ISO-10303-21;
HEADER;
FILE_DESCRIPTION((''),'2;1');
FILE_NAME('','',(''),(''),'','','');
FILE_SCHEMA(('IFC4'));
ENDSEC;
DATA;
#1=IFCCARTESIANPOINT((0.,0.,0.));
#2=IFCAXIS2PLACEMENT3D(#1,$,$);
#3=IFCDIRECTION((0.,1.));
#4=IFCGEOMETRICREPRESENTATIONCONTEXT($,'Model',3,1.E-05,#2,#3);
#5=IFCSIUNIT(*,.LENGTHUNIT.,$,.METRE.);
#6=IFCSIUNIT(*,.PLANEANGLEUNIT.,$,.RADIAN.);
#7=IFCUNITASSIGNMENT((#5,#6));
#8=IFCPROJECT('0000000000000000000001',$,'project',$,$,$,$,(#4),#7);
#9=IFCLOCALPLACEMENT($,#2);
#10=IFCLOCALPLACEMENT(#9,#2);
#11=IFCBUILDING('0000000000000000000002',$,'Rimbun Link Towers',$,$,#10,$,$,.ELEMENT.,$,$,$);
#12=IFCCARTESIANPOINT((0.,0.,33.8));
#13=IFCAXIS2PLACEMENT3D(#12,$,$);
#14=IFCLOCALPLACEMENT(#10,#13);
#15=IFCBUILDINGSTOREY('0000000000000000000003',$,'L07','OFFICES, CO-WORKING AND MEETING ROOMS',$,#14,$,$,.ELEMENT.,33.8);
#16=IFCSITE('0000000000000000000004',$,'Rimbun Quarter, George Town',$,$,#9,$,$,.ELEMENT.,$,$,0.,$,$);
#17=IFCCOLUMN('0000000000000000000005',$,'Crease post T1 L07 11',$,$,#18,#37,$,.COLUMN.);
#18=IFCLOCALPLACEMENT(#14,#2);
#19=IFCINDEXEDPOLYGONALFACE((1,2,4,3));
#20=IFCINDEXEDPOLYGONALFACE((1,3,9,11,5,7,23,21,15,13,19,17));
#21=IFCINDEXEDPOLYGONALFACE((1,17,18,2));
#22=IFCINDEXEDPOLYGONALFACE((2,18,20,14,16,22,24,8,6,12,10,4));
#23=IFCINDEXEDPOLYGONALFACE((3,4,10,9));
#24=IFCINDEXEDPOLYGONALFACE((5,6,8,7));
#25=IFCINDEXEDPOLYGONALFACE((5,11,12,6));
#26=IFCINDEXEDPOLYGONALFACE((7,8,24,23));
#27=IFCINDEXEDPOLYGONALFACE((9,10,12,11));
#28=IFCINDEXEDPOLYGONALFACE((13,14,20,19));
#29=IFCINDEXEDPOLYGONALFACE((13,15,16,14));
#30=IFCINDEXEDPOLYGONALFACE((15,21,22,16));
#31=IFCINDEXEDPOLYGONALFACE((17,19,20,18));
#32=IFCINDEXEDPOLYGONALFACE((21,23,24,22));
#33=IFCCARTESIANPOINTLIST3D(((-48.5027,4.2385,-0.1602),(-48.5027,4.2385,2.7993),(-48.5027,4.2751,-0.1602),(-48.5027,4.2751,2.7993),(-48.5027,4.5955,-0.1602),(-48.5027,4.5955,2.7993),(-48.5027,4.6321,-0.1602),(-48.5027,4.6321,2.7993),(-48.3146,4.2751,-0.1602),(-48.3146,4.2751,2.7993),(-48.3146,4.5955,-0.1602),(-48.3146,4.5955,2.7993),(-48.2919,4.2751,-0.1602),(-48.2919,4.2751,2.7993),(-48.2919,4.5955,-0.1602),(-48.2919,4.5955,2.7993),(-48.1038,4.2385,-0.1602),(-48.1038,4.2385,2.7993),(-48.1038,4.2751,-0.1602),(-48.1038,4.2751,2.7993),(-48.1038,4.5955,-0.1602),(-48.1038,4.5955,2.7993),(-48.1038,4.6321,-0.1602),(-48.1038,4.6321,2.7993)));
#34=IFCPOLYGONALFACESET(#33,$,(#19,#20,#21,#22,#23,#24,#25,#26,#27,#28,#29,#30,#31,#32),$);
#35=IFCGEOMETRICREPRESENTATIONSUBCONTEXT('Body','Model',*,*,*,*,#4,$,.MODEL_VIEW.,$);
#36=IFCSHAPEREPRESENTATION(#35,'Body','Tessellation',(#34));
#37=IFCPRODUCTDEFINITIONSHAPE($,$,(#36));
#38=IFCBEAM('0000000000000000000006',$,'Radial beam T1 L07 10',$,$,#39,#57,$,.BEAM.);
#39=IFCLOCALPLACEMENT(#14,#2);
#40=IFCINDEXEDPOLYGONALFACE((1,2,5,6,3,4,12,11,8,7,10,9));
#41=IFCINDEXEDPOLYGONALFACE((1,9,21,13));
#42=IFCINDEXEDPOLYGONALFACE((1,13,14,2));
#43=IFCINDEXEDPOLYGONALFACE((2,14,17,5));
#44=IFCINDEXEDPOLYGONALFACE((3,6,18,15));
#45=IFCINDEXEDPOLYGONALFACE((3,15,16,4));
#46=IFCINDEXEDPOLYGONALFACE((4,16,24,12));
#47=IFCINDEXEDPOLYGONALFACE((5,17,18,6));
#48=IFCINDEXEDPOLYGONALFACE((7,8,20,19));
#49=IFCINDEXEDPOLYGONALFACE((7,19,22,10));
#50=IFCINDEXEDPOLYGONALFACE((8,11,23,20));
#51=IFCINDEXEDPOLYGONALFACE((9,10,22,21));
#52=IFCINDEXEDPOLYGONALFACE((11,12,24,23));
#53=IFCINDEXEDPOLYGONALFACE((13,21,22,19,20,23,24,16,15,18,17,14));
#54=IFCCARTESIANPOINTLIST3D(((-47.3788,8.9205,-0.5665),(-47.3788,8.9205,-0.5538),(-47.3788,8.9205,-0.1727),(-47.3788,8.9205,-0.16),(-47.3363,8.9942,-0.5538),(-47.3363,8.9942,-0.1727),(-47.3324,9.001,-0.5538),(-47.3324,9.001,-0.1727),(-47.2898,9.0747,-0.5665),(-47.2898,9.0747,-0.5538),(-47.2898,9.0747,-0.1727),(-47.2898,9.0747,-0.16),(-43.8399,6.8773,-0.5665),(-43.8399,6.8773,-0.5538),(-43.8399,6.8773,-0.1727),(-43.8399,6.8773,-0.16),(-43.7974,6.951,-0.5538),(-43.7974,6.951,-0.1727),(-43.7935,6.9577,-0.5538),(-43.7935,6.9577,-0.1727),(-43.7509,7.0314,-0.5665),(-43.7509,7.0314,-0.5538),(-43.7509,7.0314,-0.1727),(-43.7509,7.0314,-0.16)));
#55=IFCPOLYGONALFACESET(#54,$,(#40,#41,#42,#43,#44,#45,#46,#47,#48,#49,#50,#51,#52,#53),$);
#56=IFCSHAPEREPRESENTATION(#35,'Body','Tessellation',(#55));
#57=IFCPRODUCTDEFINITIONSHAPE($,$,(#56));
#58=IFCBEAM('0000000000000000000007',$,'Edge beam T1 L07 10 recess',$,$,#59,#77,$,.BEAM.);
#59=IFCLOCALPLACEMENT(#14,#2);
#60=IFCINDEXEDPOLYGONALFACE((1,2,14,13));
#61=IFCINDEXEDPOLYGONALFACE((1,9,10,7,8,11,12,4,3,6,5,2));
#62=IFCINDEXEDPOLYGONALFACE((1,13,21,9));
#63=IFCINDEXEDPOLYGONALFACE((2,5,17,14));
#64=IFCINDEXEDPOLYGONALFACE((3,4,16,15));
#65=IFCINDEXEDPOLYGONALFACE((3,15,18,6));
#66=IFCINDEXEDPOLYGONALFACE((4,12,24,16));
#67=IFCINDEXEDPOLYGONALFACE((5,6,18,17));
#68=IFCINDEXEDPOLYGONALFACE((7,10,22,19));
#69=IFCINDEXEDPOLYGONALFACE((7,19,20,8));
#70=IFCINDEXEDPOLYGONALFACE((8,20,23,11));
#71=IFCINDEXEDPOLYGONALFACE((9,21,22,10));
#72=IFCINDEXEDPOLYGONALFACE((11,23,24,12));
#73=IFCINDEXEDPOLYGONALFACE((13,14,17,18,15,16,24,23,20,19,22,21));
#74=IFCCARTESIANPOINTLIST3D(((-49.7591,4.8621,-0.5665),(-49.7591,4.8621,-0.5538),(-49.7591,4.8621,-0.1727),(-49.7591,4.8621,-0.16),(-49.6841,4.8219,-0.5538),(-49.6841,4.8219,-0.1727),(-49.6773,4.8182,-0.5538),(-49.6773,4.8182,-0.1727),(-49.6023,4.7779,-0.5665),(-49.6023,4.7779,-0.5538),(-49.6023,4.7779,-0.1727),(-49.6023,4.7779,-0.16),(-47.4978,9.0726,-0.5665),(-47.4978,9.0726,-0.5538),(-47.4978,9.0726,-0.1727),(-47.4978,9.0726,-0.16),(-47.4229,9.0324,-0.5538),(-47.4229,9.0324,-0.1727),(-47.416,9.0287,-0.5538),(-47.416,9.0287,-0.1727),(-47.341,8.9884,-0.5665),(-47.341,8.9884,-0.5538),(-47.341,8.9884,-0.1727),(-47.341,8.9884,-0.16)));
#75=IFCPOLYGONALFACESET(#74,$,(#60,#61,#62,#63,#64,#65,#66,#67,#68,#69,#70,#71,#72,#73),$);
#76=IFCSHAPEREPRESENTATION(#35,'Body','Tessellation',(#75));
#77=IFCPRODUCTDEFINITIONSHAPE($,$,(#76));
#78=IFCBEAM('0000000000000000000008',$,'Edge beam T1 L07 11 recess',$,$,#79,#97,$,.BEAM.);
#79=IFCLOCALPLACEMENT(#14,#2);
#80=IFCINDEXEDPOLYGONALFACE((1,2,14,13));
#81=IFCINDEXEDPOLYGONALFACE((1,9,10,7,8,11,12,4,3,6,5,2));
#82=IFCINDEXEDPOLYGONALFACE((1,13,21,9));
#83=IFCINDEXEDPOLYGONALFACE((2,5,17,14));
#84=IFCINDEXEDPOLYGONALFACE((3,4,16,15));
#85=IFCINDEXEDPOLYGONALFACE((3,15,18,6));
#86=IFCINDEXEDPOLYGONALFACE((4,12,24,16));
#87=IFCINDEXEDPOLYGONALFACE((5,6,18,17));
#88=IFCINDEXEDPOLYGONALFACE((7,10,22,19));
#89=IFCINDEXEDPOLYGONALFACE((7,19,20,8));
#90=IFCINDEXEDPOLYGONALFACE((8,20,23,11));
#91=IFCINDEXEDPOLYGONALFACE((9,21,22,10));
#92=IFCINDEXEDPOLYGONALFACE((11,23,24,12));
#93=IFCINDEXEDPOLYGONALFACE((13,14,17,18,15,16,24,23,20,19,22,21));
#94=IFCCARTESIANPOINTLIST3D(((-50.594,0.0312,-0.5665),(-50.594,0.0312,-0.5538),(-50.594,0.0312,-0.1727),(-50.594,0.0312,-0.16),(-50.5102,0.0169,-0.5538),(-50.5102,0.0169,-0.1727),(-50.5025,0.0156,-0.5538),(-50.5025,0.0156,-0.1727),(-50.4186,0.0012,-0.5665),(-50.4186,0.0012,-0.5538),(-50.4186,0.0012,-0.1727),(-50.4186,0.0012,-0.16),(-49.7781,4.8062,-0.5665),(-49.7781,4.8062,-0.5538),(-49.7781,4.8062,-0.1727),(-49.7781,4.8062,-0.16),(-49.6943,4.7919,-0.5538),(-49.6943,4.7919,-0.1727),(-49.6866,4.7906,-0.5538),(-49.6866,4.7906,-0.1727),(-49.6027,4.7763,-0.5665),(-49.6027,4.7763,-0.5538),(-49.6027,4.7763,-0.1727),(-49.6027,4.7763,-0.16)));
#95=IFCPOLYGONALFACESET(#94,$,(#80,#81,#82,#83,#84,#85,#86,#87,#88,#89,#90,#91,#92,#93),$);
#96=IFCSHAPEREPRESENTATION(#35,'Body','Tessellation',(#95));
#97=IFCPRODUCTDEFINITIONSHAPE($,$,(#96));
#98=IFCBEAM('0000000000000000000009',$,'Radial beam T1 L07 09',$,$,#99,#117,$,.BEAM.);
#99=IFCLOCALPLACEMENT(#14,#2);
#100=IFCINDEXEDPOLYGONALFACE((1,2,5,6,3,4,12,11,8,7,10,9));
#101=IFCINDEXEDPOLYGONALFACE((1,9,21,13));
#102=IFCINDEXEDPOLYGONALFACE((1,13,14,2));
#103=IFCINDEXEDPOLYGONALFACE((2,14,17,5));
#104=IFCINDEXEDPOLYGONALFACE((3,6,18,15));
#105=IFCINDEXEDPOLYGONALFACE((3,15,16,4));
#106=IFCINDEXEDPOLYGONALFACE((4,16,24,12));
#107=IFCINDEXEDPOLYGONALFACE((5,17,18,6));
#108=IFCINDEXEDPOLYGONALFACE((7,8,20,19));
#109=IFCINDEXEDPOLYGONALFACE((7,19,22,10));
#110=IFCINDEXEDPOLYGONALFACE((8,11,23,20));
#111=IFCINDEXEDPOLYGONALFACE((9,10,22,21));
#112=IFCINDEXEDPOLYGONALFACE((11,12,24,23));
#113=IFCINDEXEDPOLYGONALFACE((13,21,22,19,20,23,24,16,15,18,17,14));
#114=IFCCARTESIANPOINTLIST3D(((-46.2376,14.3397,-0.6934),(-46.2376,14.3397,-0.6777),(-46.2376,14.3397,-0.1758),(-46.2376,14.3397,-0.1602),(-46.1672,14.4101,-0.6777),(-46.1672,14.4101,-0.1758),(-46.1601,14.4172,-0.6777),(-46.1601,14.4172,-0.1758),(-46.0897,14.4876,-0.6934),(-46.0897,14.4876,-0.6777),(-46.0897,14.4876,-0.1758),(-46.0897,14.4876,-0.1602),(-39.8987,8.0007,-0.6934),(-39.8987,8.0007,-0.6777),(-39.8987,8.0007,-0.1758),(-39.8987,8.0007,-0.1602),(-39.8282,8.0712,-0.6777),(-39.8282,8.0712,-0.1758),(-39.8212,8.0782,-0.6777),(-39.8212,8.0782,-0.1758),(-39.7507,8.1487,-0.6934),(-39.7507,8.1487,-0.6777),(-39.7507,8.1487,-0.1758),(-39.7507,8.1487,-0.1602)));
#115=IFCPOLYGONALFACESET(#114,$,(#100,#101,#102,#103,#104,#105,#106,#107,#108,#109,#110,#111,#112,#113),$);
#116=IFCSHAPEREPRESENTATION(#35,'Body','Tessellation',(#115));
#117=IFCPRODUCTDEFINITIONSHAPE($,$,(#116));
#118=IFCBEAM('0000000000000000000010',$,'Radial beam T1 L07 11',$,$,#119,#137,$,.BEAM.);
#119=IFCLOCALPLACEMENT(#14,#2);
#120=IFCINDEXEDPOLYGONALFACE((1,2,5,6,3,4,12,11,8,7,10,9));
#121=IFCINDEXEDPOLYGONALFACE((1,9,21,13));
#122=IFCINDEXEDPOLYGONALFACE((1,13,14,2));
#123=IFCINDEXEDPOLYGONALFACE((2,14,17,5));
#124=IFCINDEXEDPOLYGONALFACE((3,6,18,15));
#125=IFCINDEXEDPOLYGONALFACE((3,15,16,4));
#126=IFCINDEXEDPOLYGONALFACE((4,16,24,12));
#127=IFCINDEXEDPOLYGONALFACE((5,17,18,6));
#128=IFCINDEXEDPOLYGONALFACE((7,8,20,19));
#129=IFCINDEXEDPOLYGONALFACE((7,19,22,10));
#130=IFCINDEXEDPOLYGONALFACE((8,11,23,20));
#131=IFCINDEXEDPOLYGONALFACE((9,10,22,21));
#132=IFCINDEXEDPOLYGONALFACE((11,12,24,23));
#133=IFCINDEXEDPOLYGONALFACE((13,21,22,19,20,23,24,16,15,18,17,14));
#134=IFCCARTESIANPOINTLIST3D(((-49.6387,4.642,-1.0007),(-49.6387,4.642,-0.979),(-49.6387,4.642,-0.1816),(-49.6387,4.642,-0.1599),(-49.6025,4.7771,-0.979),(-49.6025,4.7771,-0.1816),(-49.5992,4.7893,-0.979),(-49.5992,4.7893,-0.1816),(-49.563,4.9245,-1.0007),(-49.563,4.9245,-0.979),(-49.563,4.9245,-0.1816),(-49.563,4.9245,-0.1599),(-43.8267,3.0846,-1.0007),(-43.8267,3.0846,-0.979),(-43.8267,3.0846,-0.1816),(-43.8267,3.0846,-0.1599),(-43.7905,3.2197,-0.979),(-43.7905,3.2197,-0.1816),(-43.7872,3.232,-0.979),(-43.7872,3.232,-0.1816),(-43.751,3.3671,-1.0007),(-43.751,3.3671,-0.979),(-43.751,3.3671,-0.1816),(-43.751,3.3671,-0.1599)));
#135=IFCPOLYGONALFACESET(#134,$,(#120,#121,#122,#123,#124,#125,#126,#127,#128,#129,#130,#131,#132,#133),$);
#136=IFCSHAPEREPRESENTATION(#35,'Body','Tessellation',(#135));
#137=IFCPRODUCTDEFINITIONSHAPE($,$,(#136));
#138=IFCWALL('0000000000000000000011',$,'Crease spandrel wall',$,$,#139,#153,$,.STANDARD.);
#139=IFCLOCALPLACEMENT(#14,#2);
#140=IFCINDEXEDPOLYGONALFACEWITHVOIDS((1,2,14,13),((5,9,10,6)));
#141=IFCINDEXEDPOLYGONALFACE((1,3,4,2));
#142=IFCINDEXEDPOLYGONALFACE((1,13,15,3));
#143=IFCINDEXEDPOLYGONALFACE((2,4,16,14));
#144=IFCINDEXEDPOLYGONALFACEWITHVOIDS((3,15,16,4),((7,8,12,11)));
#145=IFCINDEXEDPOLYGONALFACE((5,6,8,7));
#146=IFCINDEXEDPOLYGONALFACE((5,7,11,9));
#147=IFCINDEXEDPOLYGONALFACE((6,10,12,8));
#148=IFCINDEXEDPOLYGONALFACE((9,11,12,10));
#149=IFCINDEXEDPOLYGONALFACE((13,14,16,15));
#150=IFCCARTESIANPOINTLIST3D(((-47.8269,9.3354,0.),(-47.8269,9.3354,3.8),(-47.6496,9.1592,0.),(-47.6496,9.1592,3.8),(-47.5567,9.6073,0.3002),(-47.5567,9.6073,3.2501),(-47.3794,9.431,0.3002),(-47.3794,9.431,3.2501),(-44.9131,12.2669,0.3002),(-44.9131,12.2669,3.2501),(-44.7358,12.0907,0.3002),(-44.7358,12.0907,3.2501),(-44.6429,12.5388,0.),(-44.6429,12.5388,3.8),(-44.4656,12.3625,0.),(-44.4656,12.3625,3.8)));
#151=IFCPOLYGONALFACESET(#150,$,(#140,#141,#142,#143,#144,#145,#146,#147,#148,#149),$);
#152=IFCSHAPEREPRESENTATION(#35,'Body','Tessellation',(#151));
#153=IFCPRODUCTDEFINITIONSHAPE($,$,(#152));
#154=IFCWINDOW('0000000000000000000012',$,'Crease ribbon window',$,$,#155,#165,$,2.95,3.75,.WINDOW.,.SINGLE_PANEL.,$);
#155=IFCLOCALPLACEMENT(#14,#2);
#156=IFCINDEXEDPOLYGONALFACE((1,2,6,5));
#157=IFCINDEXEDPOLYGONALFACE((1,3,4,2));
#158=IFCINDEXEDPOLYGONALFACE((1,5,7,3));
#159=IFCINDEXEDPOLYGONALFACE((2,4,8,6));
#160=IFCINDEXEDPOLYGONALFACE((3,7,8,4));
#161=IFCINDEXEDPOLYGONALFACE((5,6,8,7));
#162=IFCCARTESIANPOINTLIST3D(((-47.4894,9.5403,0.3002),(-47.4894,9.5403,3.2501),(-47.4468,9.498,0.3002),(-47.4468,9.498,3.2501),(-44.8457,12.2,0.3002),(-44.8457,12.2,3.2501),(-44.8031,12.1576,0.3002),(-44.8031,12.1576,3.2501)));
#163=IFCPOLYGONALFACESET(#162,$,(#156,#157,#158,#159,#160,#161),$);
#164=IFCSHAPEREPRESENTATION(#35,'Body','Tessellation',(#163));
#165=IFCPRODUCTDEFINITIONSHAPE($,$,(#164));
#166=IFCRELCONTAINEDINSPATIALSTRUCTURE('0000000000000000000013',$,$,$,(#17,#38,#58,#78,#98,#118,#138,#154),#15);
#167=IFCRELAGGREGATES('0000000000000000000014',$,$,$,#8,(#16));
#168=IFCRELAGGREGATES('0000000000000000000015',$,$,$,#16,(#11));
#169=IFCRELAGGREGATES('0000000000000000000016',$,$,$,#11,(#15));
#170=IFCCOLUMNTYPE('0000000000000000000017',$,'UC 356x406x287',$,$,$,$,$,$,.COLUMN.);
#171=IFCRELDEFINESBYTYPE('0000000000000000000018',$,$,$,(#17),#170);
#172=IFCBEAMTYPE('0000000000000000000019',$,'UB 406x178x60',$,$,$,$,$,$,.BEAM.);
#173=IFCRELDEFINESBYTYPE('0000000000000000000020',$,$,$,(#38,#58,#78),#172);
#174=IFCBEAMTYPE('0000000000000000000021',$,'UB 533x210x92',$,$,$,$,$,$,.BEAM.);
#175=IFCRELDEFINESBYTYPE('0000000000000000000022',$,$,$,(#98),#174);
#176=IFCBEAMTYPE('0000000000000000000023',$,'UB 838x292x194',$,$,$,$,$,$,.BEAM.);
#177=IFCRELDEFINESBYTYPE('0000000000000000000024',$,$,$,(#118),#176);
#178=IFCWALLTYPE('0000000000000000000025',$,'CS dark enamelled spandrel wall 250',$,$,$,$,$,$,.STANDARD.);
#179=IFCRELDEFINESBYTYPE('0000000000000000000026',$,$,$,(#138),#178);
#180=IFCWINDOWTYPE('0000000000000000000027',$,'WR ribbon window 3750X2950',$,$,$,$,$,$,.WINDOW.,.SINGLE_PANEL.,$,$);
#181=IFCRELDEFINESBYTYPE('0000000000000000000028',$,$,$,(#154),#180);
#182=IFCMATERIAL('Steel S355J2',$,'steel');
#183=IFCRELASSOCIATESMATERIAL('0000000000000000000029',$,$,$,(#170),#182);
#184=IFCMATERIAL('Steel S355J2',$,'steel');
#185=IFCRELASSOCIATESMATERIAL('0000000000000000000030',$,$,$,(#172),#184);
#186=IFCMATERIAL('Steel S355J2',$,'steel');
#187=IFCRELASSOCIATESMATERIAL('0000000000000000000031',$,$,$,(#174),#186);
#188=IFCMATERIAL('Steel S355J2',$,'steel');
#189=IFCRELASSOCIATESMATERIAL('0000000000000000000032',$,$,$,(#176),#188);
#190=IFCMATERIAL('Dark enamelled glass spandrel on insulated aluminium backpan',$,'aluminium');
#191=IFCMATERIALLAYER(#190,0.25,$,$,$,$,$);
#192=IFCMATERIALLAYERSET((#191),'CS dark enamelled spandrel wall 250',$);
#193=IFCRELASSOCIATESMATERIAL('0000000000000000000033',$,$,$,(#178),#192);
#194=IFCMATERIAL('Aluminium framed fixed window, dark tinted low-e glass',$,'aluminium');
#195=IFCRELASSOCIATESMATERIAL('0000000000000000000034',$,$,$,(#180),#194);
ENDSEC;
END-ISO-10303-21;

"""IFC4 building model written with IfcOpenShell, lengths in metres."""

from ifc_helpers import new_model, si_unit, direction, frame, frame_2d, origin, origin_2d, place, context, subcontext, project, spatial, rectangle, i_section, extrude, material, layer, layer_set, material_profile, profile_set, type_object, element, fill, save


model = new_model("IFC4")

# Units and contexts
model_context = context("Model", 3, precision=1e-05, world=origin(), true_north=direction((0.0, 1.0)))
body_context = subcontext(model_context, "Body", "Model", "MODEL_VIEW")
ifc_project = project(units=[si_unit("LENGTHUNIT", "METRE"), si_unit("PLANEANGLEUNIT", "RADIAN")], contexts=[model_context])

# Site, building, storey
site_placement = place(None, origin())
site = spatial("IfcSite", under=ifc_project, at=site_placement, Name="Rimbun Quarter, George Town", CompositionType="ELEMENT", RefElevation=0.0)
building_placement = place(site_placement, origin())
building = spatial("IfcBuilding", under=site, at=building_placement, Name="Rimbun Link Towers", CompositionType="ELEMENT")
storey_placement = place(building_placement, frame((0.0, 0.0, 33.8)))
storey = spatial("IfcBuildingStorey", under=building, at=storey_placement, Name="L07", Description="OFFICES, CO-WORKING AND MEETING ROOMS", CompositionType="ELEMENT", Elevation=33.8)

# Column
ifc_material_1 = material(Name="Steel S355J2", Category="steel")
ifc_material_profile_1 = material_profile(ifc_material_1, i_section(OverallWidth=0.3989, OverallDepth=0.3936, WebThickness=0.0227, FlangeThickness=0.0366, at=origin_2d()), Name="UC 356x406x287")
ifc_profile_set_1 = profile_set([ifc_material_profile_1], Name="Steel S355J2")
column_type = type_object("IfcColumnType", Name="UC 356x406x287", PredefinedType="COLUMN", material=ifc_profile_set_1)
column_placement = place(storey_placement, frame((-48.3032, 4.4353, -0.1602), z_axis=(0.0, 0.0, 1.0), x_axis=(1.0, 0.0, 0.0)))
element("IfcColumn", 1, at=column_placement, inside=storey, type_object=column_type, Name="Crease post T1 L07 11", PredefinedType="COLUMN", context=body_context, shape_type="SweptSolid", body=[
    extrude(i_section(OverallWidth=0.3989, OverallDepth=0.3936, WebThickness=0.0227, FlangeThickness=0.0366, at=origin_2d()), origin(), (0.0, 0.0, 1.0), 2.9595),
])

# Beams
ifc_material_2 = material(Name="Steel S355J2", Category="steel")
ifc_material_profile_2 = material_profile(ifc_material_2, i_section(OverallWidth=0.178, OverallDepth=0.4065, WebThickness=0.0078, FlangeThickness=0.0127, at=origin_2d()), Name="UB 406x178x60")
ifc_profile_set_2 = profile_set([ifc_material_profile_2], Name="Steel S355J2")
beam_type_1 = type_object("IfcBeamType", Name="UB 406x178x60", PredefinedType="BEAM", material=ifc_profile_set_2)
beam_1_placement = place(storey_placement, frame((-43.7954, 6.9543, -0.3633), z_axis=(-0.866017, 0.500014, 0.0), x_axis=(-0.500014, -0.866017, 0.0)))
element("IfcBeam", 2, at=beam_1_placement, inside=storey, type_object=beam_type_1, Name="Radial beam T1 L07 10", PredefinedType="BEAM", context=body_context, shape_type="SweptSolid", body=[
    extrude(i_section(OverallWidth=0.178, OverallDepth=0.4065, WebThickness=0.0078, FlangeThickness=0.0127, at=origin_2d()), origin(), (0.0, 0.0, 1.0), 4.0864),
])
beam_2_placement = place(storey_placement, frame((-47.4194, 9.0305, -0.3633), z_axis=(-0.473137, -0.880989, 0.0), x_axis=(0.880989, -0.473137, 0.0)))
element("IfcBeam", 3, at=beam_2_placement, inside=storey, type_object=beam_type_1, Name="Edge beam T1 L07 10 recess", PredefinedType="BEAM", context=body_context, shape_type="SweptSolid", body=[
    extrude(i_section(OverallWidth=0.178, OverallDepth=0.4065, WebThickness=0.0078, FlangeThickness=0.0127, at=origin_2d()), origin(), (0.0, 0.0, 1.0), 4.7793),
])
beam_3_placement = place(storey_placement, frame((-49.6904, 4.7913, -0.3633), z_axis=(-0.168427, -0.985714, 0.0), x_axis=(0.985714, -0.168427, 0.0)))
element("IfcBeam", 4, at=beam_3_placement, inside=storey, type_object=beam_type_1, Name="Edge beam T1 L07 11 recess", PredefinedType="BEAM", context=body_context, shape_type="SweptSolid", body=[
    extrude(i_section(OverallWidth=0.178, OverallDepth=0.4065, WebThickness=0.0078, FlangeThickness=0.0127, at=origin_2d()), origin(), (0.0, 0.0, 1.0), 4.8442),
])
ifc_material_3 = material(Name="Steel S355J2", Category="steel")
ifc_material_profile_3 = material_profile(ifc_material_3, i_section(OverallWidth=0.2092, OverallDepth=0.5332, WebThickness=0.01, FlangeThickness=0.0156, at=origin_2d()), Name="UB 533x210x92")
ifc_profile_set_3 = profile_set([ifc_material_profile_3], Name="Steel S355J2")
beam_type_2 = type_object("IfcBeamType", Name="UB 533x210x92", PredefinedType="BEAM", material=ifc_profile_set_3)
beam_4_placement = place(storey_placement, frame((-39.8247, 8.0747, -0.4268), z_axis=(-0.707107, 0.707107, 0.0), x_axis=(-0.707107, -0.707107, 0.0)))
element("IfcBeam", 5, at=beam_4_placement, inside=storey, type_object=beam_type_2, Name="Radial beam T1 L07 09", PredefinedType="BEAM", context=body_context, shape_type="SweptSolid", body=[
    extrude(i_section(OverallWidth=0.2092, OverallDepth=0.5332, WebThickness=0.01, FlangeThickness=0.0156, at=origin_2d()), origin(), (0.0, 0.0, 1.0), 8.9646),
])
ifc_material_4 = material(Name="Steel S355J2", Category="steel")
ifc_material_profile_4 = material_profile(ifc_material_4, i_section(OverallWidth=0.2925, OverallDepth=0.8408, WebThickness=0.0127, FlangeThickness=0.0217, at=origin_2d()), Name="UB 838x292x194")
ifc_profile_set_4 = profile_set([ifc_material_profile_4], Name="Steel S355J2")
beam_type_3 = type_object("IfcBeamType", Name="UB 838x292x194", PredefinedType="BEAM", material=ifc_profile_set_4)
beam_5_placement = place(storey_placement, frame((-43.7888, 3.2258, -0.5803), z_axis=(-0.965924, 0.258827, 0.0), x_axis=(-0.258827, -0.965924, 0.0)))
element("IfcBeam", 6, at=beam_5_placement, inside=storey, type_object=beam_type_3, Name="Radial beam T1 L07 11", PredefinedType="BEAM", context=body_context, shape_type="SweptSolid", body=[
    extrude(i_section(OverallWidth=0.2925, OverallDepth=0.8408, WebThickness=0.0127, FlangeThickness=0.0217, at=origin_2d()), origin(), (0.0, 0.0, 1.0), 6.0171),
])

# Wall, opening, window
ifc_material_5 = material(Name="Dark enamelled glass spandrel on insulated aluminium backpan", Category="aluminium")
ifc_layer_1 = layer(ifc_material_5, 0.25)
ifc_layer_set_1 = layer_set([ifc_layer_1], Name="CS dark enamelled spandrel wall 250")
wall_type_1 = type_object("IfcWallType", Name="CS dark enamelled spandrel wall 250", PredefinedType="STANDARD", material=ifc_layer_set_1)
wall_1_placement = place(storey_placement, frame((-47.7383, 9.2473, 0.0), z_axis=(0.0, 0.0, 1.0), x_axis=(0.704968, 0.709239, 0.0)))
wall_1 = element("IfcWall", 7, at=wall_1_placement, inside=storey, type_object=wall_type_1, Name="Crease spandrel wall", PredefinedType="STANDARD", context=body_context, shape_type="SweptSolid", body=[
    extrude(rectangle(XDim=4.5166, YDim=0.25, at=frame_2d((2.2583, 0.0))), origin(), (0.0, 0.0, 1.0), 3.8),
])
opening_1_placement = place(wall_1_placement, frame((0.3833, 0.0, 0.3)))
opening_1 = element("IfcOpeningElement", 8, at=opening_1_placement, cuts=wall_1, PredefinedType="OPENING", context=body_context, shape_type="SweptSolid", body=[
    extrude(rectangle(XDim=3.75, YDim=2.95, at=frame_2d((1.875, 1.4751))), frame((0.0, 0.135, 0.0), z_axis=(0.0, -1.0, 0.0), x_axis=(1.0, 0.0, 0.0)), (0.0, 0.0, 1.0), 0.27),
])
ifc_material_6 = material(Name="Aluminium framed fixed window, dark tinted low-e glass", Category="aluminium")
window_type_1 = type_object("IfcWindowType", Name="WR ribbon window 3750X2950", PartitioningType="SINGLE_PANEL", PredefinedType="WINDOW", material=ifc_material_6)
window_1_placement = place(opening_1_placement, origin())
window_1 = element("IfcWindow", 9, at=window_1_placement, inside=storey, type_object=window_type_1, Name="Crease ribbon window", OverallHeight=2.95, OverallWidth=3.75, PartitioningType="SINGLE_PANEL", PredefinedType="WINDOW", context=body_context, shape_type="SweptSolid", body=[
    extrude(rectangle(XDim=3.75, YDim=2.95, at=frame_2d((1.875, 1.4751))), frame((0.0, 0.03, 0.0), z_axis=(0.0, -1.0, 0.0), x_axis=(1.0, 0.0, 0.0)), (0.0, 0.0, 1.0), 0.0601),
])
fill(opening_1, window_1)

save(model, "model.ifc")
